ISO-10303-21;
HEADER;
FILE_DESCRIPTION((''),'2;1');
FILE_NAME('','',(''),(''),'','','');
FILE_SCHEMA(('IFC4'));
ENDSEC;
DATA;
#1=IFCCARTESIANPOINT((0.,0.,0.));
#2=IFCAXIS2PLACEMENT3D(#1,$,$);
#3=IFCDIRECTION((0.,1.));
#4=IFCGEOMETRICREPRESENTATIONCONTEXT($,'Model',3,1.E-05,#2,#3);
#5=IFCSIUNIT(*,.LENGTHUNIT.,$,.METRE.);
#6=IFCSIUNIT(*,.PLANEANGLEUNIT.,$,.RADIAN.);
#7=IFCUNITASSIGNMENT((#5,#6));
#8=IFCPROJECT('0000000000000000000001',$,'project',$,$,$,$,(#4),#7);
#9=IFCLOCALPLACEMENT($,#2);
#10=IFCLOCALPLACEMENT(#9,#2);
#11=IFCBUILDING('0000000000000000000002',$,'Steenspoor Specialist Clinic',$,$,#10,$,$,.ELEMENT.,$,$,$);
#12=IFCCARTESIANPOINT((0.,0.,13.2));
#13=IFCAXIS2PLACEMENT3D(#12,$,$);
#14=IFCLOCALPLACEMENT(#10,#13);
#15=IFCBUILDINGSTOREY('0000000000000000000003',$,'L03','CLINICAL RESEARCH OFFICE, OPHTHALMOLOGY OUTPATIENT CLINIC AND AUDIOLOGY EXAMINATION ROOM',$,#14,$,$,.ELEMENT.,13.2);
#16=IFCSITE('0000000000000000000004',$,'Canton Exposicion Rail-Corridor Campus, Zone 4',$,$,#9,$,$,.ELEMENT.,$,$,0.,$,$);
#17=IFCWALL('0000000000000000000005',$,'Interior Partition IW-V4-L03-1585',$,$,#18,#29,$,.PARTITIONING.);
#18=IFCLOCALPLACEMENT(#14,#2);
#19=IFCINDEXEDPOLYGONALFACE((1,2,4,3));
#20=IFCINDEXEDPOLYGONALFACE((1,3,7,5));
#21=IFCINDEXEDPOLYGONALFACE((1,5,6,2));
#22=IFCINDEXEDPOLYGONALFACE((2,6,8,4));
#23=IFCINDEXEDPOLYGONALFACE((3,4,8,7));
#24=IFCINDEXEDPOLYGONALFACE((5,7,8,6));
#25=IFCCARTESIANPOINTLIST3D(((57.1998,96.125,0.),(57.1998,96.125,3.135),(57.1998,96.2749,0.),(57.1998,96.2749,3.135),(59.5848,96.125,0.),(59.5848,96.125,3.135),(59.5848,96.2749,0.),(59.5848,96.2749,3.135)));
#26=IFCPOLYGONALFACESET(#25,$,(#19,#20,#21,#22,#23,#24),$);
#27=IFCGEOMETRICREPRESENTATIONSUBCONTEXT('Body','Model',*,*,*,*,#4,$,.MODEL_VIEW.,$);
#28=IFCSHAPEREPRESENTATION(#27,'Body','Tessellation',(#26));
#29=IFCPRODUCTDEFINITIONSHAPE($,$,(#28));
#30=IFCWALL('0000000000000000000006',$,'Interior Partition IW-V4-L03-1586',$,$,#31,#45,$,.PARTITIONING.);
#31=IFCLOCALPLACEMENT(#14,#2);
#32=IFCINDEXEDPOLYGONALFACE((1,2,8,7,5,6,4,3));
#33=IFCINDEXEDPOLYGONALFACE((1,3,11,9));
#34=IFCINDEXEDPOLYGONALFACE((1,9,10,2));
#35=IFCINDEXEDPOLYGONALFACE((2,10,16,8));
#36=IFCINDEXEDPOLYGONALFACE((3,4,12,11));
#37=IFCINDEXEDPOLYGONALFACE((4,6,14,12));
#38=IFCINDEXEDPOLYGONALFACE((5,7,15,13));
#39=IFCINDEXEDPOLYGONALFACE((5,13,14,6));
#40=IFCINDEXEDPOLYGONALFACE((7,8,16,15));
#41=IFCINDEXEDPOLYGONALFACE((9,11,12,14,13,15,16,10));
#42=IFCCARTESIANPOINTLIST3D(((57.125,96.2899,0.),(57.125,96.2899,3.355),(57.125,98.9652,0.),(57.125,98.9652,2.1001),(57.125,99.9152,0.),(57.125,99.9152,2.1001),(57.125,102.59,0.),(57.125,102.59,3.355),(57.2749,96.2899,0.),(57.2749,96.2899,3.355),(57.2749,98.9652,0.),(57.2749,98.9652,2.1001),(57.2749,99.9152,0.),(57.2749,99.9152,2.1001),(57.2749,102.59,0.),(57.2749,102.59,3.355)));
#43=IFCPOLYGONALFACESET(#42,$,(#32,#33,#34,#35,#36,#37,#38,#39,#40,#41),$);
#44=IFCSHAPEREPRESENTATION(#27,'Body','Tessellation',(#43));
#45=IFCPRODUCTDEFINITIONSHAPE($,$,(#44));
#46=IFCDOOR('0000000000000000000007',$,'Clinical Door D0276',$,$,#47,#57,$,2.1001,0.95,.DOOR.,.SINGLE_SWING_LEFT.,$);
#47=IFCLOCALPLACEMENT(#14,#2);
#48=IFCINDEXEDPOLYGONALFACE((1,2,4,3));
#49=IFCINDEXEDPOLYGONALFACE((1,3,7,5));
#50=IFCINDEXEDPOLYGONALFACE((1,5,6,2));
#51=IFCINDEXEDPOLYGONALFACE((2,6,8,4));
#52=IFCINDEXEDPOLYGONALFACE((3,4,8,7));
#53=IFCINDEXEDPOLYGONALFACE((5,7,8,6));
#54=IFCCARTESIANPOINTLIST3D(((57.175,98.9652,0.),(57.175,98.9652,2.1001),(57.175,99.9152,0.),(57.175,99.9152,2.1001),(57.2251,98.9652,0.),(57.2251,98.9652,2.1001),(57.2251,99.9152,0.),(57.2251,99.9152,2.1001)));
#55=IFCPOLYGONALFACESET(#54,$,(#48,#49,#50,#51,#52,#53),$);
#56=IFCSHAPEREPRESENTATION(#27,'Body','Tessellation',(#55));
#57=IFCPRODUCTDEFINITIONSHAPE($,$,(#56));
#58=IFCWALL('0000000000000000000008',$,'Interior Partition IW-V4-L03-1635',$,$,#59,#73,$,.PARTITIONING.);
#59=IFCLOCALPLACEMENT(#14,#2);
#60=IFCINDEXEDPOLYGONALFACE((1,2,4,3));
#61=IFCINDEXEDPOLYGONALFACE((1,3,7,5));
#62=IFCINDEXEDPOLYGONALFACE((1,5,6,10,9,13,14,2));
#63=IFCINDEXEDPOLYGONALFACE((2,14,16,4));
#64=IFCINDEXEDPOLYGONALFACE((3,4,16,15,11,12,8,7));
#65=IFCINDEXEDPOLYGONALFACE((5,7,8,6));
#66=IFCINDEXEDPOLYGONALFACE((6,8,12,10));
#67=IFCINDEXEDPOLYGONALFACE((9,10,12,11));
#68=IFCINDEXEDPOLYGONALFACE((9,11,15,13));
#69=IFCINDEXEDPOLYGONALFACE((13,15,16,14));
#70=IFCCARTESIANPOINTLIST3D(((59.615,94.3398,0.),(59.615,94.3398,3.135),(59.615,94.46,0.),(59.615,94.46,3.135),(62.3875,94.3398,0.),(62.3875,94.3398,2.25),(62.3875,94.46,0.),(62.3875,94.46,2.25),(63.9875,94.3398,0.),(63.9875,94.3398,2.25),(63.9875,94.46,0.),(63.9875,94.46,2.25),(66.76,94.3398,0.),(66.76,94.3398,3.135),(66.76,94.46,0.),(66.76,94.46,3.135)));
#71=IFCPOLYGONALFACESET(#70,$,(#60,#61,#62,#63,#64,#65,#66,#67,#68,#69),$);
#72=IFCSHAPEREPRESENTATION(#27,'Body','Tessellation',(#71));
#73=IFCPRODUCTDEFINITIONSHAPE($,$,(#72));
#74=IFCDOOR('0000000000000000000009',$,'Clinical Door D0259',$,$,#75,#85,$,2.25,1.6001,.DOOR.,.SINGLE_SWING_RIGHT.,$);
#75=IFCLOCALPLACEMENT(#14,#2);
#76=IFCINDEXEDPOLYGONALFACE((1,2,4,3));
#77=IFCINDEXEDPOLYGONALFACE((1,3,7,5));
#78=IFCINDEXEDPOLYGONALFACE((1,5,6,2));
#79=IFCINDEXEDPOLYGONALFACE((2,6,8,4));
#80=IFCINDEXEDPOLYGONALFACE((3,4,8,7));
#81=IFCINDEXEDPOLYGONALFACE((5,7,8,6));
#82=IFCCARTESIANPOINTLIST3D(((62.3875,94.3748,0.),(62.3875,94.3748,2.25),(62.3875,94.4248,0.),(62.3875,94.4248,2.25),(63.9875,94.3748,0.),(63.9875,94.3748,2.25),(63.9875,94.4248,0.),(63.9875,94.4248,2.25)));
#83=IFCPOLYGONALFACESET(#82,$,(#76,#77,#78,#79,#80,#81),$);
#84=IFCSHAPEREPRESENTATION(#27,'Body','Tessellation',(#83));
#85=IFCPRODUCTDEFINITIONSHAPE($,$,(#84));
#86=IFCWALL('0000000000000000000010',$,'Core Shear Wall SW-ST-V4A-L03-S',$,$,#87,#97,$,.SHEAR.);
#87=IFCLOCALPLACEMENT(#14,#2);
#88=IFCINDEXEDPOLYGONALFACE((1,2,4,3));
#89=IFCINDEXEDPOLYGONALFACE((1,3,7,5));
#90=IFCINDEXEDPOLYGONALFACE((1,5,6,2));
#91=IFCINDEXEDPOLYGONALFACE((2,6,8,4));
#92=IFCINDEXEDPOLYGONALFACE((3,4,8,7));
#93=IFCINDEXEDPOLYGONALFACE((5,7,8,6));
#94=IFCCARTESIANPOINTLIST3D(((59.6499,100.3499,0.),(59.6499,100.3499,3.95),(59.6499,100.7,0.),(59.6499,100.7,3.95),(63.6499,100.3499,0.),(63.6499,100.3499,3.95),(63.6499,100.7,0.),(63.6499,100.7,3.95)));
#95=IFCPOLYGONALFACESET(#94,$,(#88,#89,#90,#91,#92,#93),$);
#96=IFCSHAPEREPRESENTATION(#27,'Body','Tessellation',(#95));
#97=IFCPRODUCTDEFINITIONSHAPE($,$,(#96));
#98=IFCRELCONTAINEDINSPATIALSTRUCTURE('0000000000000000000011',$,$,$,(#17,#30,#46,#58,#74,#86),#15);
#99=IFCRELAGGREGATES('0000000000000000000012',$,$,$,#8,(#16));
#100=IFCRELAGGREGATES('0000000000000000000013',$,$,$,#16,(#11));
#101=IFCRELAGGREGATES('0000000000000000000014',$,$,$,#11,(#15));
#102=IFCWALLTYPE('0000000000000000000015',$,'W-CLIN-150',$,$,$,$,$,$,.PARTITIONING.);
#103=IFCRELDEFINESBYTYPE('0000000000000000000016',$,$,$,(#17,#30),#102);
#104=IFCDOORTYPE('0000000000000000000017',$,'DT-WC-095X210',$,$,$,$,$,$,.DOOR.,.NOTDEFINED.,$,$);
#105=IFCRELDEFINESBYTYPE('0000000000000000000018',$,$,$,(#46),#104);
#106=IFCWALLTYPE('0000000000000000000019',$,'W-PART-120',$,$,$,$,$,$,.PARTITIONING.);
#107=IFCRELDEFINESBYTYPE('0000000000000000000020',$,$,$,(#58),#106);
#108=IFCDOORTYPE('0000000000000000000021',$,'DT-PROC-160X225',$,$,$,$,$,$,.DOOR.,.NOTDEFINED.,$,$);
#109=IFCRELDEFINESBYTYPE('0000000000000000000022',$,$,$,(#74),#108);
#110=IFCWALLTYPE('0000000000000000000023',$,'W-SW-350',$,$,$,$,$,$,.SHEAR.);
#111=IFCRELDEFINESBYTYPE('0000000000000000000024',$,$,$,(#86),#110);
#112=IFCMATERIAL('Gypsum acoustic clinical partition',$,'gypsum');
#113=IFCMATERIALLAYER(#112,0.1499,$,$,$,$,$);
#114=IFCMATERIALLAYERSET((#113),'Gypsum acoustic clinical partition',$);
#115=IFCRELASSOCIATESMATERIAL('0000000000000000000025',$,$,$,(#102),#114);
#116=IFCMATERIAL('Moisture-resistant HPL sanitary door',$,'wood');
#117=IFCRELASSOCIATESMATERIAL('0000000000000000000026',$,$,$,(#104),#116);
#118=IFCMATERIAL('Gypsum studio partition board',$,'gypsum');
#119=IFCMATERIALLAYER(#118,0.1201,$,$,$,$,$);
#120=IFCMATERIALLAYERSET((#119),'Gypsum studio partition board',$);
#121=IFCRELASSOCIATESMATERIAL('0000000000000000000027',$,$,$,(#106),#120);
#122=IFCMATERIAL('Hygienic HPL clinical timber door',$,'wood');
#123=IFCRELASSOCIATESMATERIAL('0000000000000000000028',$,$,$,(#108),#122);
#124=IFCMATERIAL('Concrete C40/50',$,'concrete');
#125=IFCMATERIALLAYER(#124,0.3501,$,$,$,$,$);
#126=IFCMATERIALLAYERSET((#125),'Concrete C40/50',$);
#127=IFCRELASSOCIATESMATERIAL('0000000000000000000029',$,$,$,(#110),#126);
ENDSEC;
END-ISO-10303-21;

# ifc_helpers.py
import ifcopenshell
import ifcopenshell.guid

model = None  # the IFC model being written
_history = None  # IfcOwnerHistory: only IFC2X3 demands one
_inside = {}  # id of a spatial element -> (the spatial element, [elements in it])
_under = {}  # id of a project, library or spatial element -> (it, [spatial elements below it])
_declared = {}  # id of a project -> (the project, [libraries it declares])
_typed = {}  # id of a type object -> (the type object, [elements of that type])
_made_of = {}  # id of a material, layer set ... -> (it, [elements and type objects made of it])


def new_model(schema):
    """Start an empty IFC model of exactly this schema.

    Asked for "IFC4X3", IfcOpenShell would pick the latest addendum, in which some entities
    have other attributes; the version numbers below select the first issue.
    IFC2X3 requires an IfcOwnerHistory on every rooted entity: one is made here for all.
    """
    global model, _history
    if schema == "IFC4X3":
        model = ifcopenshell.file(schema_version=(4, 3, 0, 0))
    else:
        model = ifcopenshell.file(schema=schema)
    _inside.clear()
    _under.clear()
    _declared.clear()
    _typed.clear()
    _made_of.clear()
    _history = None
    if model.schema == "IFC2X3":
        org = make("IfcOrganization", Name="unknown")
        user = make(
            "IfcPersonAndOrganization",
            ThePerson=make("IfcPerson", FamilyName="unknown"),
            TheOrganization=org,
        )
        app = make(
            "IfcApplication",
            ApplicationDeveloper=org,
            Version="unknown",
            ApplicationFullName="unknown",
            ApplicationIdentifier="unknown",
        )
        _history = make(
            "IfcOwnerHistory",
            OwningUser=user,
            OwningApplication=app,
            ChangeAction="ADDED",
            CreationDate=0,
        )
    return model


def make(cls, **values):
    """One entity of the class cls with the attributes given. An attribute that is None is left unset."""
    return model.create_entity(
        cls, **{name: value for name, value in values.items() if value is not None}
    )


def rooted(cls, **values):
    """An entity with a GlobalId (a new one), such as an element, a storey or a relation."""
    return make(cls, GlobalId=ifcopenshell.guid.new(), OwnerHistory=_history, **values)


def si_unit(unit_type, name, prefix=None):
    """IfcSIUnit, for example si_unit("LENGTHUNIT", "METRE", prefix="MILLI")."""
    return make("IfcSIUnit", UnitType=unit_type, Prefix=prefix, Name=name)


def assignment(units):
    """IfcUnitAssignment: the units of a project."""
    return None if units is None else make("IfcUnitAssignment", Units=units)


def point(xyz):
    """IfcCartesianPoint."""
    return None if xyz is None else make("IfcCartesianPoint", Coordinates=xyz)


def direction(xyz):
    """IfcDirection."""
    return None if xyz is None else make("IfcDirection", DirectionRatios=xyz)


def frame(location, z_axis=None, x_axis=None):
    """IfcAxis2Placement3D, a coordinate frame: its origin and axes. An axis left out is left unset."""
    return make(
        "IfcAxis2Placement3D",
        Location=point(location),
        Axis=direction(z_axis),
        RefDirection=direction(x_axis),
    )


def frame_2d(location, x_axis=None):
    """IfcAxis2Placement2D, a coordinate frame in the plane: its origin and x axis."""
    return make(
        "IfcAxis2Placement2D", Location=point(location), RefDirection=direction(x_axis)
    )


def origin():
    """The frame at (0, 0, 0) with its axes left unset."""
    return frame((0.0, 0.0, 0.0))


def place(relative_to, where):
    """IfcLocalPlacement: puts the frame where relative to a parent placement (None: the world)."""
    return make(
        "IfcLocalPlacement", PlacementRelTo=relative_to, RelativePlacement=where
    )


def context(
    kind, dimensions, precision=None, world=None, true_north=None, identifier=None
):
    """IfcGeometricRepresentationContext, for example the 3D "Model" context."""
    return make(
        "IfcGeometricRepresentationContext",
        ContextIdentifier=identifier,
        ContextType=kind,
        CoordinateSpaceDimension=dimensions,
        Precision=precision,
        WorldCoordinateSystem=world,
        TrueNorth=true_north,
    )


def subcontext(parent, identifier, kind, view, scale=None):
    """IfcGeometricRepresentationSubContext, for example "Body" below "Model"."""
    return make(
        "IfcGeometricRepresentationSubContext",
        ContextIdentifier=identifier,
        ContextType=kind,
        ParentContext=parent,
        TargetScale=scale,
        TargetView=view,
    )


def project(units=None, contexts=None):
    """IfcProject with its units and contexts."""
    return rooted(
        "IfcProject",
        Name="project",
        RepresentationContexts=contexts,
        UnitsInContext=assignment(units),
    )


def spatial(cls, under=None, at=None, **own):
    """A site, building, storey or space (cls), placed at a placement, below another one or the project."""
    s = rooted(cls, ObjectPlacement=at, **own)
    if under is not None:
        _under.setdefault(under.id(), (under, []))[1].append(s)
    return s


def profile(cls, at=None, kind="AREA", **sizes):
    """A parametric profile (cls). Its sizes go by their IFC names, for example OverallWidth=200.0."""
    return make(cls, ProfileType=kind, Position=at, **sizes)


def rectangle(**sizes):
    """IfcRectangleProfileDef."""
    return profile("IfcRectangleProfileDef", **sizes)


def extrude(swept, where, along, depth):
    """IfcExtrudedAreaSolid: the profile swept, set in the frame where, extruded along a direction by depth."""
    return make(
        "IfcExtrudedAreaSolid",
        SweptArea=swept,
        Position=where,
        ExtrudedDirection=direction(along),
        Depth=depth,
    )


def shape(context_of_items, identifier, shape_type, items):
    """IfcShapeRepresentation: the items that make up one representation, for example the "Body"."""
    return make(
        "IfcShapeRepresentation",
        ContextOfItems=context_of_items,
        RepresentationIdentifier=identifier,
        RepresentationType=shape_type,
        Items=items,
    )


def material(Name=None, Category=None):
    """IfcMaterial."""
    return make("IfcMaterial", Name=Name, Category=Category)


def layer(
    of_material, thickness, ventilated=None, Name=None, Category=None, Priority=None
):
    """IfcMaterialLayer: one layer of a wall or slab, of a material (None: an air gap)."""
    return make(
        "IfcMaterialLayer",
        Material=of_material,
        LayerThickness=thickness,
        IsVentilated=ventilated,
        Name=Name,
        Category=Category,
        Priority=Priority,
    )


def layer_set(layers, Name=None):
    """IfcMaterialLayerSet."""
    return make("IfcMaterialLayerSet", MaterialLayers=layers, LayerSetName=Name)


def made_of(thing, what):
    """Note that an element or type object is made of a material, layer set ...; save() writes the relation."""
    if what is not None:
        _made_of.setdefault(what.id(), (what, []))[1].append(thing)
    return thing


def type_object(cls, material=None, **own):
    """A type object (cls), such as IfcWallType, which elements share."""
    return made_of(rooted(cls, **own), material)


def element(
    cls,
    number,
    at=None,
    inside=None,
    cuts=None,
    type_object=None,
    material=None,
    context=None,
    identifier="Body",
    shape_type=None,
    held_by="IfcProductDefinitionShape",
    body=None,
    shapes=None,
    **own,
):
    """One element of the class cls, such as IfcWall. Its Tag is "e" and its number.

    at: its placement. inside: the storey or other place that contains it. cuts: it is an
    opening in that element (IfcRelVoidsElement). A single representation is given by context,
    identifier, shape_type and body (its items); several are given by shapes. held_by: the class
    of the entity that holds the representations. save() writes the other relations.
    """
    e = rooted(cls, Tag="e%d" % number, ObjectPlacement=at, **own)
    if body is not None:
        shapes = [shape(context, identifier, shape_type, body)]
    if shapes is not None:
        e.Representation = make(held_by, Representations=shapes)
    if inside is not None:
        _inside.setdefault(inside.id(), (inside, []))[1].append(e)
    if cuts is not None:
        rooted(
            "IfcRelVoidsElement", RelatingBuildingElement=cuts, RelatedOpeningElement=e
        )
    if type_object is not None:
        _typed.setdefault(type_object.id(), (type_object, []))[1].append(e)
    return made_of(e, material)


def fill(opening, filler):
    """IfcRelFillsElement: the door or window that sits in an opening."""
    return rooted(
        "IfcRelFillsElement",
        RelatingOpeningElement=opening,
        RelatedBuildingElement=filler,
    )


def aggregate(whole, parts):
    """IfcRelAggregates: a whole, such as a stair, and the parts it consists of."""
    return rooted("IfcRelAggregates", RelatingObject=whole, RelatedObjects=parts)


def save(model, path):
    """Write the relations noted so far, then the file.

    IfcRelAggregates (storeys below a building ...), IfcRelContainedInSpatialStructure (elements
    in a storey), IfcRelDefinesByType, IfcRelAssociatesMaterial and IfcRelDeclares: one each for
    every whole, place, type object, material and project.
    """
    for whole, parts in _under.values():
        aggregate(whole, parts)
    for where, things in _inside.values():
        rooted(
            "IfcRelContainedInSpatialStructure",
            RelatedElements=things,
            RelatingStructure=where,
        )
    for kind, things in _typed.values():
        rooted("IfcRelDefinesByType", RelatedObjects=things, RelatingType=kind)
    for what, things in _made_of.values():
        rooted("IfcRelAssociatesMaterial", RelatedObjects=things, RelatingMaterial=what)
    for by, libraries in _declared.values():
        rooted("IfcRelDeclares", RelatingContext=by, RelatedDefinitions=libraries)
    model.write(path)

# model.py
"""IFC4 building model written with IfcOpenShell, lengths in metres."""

from ifc_helpers import new_model, si_unit, direction, frame, frame_2d, origin, place, context, subcontext, project, spatial, rectangle, extrude, material, layer, layer_set, type_object, element, fill, save


model = new_model("IFC4")

# Units and contexts
model_context = context("Model", 3, precision=1e-05, world=origin(), true_north=direction((0.0, 1.0)))
body_context = subcontext(model_context, "Body", "Model", "MODEL_VIEW")
ifc_project = project(units=[si_unit("LENGTHUNIT", "METRE"), si_unit("PLANEANGLEUNIT", "RADIAN")], contexts=[model_context])

# Site, building, storey
site_placement = place(None, origin())
site = spatial("IfcSite", under=ifc_project, at=site_placement, Name="Canton Exposicion Rail-Corridor Campus, Zone 4", CompositionType="ELEMENT", RefElevation=0.0)
building_placement = place(site_placement, origin())
building = spatial("IfcBuilding", under=site, at=building_placement, Name="Steenspoor Specialist Clinic", CompositionType="ELEMENT")
storey_placement = place(building_placement, frame((0.0, 0.0, 13.2)))
storey = spatial("IfcBuildingStorey", under=building, at=storey_placement, Name="L03", Description="CLINICAL RESEARCH OFFICE, OPHTHALMOLOGY OUTPATIENT CLINIC AND AUDIOLOGY EXAMINATION ROOM", CompositionType="ELEMENT", Elevation=13.2)

# Shared definitions
ifc_material_1 = material(Name="Concrete C40/50", Category="concrete")

# Shared definitions
ifc_material_2 = material(Name="Gypsum acoustic clinical partition", Category="gypsum")
ifc_layer_1 = layer(ifc_material_2, 0.1499)
ifc_layer_set_1 = layer_set([ifc_layer_1], Name="Gypsum acoustic clinical partition")
wall_type_1 = type_object("IfcWallType", Name="W-CLIN-150", PredefinedType="PARTITIONING", material=ifc_layer_set_1)

# Shared definitions
ifc_material_3 = material(Name="Moisture-resistant HPL sanitary door", Category="wood")
door_type_1 = type_object("IfcDoorType", Name="DT-WC-095X210", OperationType="NOTDEFINED", PredefinedType="DOOR", material=ifc_material_3)

# Wall
wall_1_placement = place(storey_placement, frame((57.2, 96.2, 0.0), z_axis=(0.0, 0.0, 1.0), x_axis=(1.0, 0.0, 0.0)))
element("IfcWall", 1, at=wall_1_placement, inside=storey, type_object=wall_type_1, Name="Interior Partition IW-V4-L03-1585", PredefinedType="PARTITIONING", context=body_context, shape_type="SweptSolid", body=[
    extrude(rectangle(XDim=2.385, YDim=0.1499, at=frame_2d((1.1924, 0.0))), origin(), (0.0, 0.0, 1.0), 3.135),
])

# Walls, openings, doors
wall_2_placement = place(storey_placement, frame((57.2, 96.29, 0.0), z_axis=(0.0, 0.0, 1.0), x_axis=(0.0, 1.0, 0.0)))
wall_2 = element("IfcWall", 2, at=wall_2_placement, inside=storey, type_object=wall_type_1, Name="Interior Partition IW-V4-L03-1586", PredefinedType="PARTITIONING", context=body_context, shape_type="SweptSolid", body=[
    extrude(rectangle(XDim=6.3, YDim=0.1499, at=frame_2d((3.1499, 0.0))), origin(), (0.0, 0.0, 1.0), 3.355),
])
opening_1_placement = place(wall_2_placement, frame((2.675, 0.0, 0.0)))
opening_1 = element("IfcOpeningElement", 3, at=opening_1_placement, cuts=wall_2, PredefinedType="OPENING", context=body_context, shape_type="SweptSolid", body=[
    extrude(rectangle(XDim=0.95, YDim=2.1001, at=frame_2d((0.4751, 1.05))), frame((0.0, 0.085, 0.0), z_axis=(0.0, -1.0, 0.0), x_axis=(1.0, 0.0, 0.0)), (0.0, 0.0, 1.0), 0.1699),
])
door_1_placement = place(opening_1_placement, origin())
door_1 = element("IfcDoor", 4, at=door_1_placement, inside=storey, type_object=door_type_1, Name="Clinical Door D0276", OperationType="SINGLE_SWING_LEFT", OverallHeight=2.1001, OverallWidth=0.95, PredefinedType="DOOR", context=body_context, shape_type="SweptSolid", body=[
    extrude(rectangle(XDim=0.95, YDim=2.1001, at=frame_2d((0.4751, 1.05))), frame((0.0, 0.0249, 0.0), z_axis=(0.0, -1.0, 0.0), x_axis=(1.0, 0.0, 0.0)), (0.0, 0.0, 1.0), 0.05),
])
fill(opening_1, door_1)
ifc_material_4 = material(Name="Gypsum studio partition board", Category="gypsum")
ifc_layer_2 = layer(ifc_material_4, 0.1201)
ifc_layer_set_2 = layer_set([ifc_layer_2], Name="Gypsum studio partition board")
wall_type_2 = type_object("IfcWallType", Name="W-PART-120", PredefinedType="PARTITIONING", material=ifc_layer_set_2)
wall_3_placement = place(storey_placement, frame((59.615, 94.3999, 0.0), z_axis=(0.0, 0.0, 1.0), x_axis=(1.0, 0.0, 0.0)))
wall_3 = element("IfcWall", 5, at=wall_3_placement, inside=storey, type_object=wall_type_2, Name="Interior Partition IW-V4-L03-1635", PredefinedType="PARTITIONING", context=body_context, shape_type="SweptSolid", body=[
    extrude(rectangle(XDim=7.145, YDim=0.1201, at=frame_2d((3.5725, 0.0))), origin(), (0.0, 0.0, 1.0), 3.135),
])
opening_2_placement = place(wall_3_placement, frame((2.7725, 0.0, 0.0)))
opening_2 = element("IfcOpeningElement", 6, at=opening_2_placement, cuts=wall_3, PredefinedType="OPENING", context=body_context, shape_type="SweptSolid", body=[
    extrude(rectangle(XDim=1.6001, YDim=2.25, at=frame_2d((0.8, 1.125))), frame((0.0, 0.0701, 0.0), z_axis=(0.0, -1.0, 0.0), x_axis=(1.0, 0.0, 0.0)), (0.0, 0.0, 1.0), 0.1401),
])
ifc_material_5 = material(Name="Hygienic HPL clinical timber door", Category="wood")
door_type_2 = type_object("IfcDoorType", Name="DT-PROC-160X225", OperationType="NOTDEFINED", PredefinedType="DOOR", material=ifc_material_5)
door_2_placement = place(opening_2_placement, origin())
door_2 = element("IfcDoor", 7, at=door_2_placement, inside=storey, type_object=door_type_2, Name="Clinical Door D0259", OperationType="SINGLE_SWING_RIGHT", OverallHeight=2.25, OverallWidth=1.6001, PredefinedType="DOOR", context=body_context, shape_type="SweptSolid", body=[
    extrude(rectangle(XDim=1.6001, YDim=2.25, at=frame_2d((0.8, 1.125))), frame((0.0, 0.0249, 0.0), z_axis=(0.0, -1.0, 0.0), x_axis=(1.0, 0.0, 0.0)), (0.0, 0.0, 1.0), 0.05),
])
fill(opening_2, door_2)

# Wall
ifc_layer_3 = layer(ifc_material_1, 0.3501)
ifc_layer_set_3 = layer_set([ifc_layer_3], Name="Concrete C40/50")
wall_type_3 = type_object("IfcWallType", Name="W-SW-350", PredefinedType="SHEAR", material=ifc_layer_set_3)
wall_4_placement = place(storey_placement, frame((59.6499, 100.5249, 0.0), z_axis=(0.0, 0.0, 1.0), x_axis=(1.0, 0.0, 0.0)))
element("IfcWall", 8, at=wall_4_placement, inside=storey, type_object=wall_type_3, Name="Core Shear Wall SW-ST-V4A-L03-S", PredefinedType="SHEAR", context=body_context, shape_type="SweptSolid", body=[
    extrude(rectangle(XDim=4.0, YDim=0.3501, at=frame_2d((2.0, 0.0))), origin(), (0.0, 0.0, 1.0), 3.95),
])

save(model, "model.ifc")
